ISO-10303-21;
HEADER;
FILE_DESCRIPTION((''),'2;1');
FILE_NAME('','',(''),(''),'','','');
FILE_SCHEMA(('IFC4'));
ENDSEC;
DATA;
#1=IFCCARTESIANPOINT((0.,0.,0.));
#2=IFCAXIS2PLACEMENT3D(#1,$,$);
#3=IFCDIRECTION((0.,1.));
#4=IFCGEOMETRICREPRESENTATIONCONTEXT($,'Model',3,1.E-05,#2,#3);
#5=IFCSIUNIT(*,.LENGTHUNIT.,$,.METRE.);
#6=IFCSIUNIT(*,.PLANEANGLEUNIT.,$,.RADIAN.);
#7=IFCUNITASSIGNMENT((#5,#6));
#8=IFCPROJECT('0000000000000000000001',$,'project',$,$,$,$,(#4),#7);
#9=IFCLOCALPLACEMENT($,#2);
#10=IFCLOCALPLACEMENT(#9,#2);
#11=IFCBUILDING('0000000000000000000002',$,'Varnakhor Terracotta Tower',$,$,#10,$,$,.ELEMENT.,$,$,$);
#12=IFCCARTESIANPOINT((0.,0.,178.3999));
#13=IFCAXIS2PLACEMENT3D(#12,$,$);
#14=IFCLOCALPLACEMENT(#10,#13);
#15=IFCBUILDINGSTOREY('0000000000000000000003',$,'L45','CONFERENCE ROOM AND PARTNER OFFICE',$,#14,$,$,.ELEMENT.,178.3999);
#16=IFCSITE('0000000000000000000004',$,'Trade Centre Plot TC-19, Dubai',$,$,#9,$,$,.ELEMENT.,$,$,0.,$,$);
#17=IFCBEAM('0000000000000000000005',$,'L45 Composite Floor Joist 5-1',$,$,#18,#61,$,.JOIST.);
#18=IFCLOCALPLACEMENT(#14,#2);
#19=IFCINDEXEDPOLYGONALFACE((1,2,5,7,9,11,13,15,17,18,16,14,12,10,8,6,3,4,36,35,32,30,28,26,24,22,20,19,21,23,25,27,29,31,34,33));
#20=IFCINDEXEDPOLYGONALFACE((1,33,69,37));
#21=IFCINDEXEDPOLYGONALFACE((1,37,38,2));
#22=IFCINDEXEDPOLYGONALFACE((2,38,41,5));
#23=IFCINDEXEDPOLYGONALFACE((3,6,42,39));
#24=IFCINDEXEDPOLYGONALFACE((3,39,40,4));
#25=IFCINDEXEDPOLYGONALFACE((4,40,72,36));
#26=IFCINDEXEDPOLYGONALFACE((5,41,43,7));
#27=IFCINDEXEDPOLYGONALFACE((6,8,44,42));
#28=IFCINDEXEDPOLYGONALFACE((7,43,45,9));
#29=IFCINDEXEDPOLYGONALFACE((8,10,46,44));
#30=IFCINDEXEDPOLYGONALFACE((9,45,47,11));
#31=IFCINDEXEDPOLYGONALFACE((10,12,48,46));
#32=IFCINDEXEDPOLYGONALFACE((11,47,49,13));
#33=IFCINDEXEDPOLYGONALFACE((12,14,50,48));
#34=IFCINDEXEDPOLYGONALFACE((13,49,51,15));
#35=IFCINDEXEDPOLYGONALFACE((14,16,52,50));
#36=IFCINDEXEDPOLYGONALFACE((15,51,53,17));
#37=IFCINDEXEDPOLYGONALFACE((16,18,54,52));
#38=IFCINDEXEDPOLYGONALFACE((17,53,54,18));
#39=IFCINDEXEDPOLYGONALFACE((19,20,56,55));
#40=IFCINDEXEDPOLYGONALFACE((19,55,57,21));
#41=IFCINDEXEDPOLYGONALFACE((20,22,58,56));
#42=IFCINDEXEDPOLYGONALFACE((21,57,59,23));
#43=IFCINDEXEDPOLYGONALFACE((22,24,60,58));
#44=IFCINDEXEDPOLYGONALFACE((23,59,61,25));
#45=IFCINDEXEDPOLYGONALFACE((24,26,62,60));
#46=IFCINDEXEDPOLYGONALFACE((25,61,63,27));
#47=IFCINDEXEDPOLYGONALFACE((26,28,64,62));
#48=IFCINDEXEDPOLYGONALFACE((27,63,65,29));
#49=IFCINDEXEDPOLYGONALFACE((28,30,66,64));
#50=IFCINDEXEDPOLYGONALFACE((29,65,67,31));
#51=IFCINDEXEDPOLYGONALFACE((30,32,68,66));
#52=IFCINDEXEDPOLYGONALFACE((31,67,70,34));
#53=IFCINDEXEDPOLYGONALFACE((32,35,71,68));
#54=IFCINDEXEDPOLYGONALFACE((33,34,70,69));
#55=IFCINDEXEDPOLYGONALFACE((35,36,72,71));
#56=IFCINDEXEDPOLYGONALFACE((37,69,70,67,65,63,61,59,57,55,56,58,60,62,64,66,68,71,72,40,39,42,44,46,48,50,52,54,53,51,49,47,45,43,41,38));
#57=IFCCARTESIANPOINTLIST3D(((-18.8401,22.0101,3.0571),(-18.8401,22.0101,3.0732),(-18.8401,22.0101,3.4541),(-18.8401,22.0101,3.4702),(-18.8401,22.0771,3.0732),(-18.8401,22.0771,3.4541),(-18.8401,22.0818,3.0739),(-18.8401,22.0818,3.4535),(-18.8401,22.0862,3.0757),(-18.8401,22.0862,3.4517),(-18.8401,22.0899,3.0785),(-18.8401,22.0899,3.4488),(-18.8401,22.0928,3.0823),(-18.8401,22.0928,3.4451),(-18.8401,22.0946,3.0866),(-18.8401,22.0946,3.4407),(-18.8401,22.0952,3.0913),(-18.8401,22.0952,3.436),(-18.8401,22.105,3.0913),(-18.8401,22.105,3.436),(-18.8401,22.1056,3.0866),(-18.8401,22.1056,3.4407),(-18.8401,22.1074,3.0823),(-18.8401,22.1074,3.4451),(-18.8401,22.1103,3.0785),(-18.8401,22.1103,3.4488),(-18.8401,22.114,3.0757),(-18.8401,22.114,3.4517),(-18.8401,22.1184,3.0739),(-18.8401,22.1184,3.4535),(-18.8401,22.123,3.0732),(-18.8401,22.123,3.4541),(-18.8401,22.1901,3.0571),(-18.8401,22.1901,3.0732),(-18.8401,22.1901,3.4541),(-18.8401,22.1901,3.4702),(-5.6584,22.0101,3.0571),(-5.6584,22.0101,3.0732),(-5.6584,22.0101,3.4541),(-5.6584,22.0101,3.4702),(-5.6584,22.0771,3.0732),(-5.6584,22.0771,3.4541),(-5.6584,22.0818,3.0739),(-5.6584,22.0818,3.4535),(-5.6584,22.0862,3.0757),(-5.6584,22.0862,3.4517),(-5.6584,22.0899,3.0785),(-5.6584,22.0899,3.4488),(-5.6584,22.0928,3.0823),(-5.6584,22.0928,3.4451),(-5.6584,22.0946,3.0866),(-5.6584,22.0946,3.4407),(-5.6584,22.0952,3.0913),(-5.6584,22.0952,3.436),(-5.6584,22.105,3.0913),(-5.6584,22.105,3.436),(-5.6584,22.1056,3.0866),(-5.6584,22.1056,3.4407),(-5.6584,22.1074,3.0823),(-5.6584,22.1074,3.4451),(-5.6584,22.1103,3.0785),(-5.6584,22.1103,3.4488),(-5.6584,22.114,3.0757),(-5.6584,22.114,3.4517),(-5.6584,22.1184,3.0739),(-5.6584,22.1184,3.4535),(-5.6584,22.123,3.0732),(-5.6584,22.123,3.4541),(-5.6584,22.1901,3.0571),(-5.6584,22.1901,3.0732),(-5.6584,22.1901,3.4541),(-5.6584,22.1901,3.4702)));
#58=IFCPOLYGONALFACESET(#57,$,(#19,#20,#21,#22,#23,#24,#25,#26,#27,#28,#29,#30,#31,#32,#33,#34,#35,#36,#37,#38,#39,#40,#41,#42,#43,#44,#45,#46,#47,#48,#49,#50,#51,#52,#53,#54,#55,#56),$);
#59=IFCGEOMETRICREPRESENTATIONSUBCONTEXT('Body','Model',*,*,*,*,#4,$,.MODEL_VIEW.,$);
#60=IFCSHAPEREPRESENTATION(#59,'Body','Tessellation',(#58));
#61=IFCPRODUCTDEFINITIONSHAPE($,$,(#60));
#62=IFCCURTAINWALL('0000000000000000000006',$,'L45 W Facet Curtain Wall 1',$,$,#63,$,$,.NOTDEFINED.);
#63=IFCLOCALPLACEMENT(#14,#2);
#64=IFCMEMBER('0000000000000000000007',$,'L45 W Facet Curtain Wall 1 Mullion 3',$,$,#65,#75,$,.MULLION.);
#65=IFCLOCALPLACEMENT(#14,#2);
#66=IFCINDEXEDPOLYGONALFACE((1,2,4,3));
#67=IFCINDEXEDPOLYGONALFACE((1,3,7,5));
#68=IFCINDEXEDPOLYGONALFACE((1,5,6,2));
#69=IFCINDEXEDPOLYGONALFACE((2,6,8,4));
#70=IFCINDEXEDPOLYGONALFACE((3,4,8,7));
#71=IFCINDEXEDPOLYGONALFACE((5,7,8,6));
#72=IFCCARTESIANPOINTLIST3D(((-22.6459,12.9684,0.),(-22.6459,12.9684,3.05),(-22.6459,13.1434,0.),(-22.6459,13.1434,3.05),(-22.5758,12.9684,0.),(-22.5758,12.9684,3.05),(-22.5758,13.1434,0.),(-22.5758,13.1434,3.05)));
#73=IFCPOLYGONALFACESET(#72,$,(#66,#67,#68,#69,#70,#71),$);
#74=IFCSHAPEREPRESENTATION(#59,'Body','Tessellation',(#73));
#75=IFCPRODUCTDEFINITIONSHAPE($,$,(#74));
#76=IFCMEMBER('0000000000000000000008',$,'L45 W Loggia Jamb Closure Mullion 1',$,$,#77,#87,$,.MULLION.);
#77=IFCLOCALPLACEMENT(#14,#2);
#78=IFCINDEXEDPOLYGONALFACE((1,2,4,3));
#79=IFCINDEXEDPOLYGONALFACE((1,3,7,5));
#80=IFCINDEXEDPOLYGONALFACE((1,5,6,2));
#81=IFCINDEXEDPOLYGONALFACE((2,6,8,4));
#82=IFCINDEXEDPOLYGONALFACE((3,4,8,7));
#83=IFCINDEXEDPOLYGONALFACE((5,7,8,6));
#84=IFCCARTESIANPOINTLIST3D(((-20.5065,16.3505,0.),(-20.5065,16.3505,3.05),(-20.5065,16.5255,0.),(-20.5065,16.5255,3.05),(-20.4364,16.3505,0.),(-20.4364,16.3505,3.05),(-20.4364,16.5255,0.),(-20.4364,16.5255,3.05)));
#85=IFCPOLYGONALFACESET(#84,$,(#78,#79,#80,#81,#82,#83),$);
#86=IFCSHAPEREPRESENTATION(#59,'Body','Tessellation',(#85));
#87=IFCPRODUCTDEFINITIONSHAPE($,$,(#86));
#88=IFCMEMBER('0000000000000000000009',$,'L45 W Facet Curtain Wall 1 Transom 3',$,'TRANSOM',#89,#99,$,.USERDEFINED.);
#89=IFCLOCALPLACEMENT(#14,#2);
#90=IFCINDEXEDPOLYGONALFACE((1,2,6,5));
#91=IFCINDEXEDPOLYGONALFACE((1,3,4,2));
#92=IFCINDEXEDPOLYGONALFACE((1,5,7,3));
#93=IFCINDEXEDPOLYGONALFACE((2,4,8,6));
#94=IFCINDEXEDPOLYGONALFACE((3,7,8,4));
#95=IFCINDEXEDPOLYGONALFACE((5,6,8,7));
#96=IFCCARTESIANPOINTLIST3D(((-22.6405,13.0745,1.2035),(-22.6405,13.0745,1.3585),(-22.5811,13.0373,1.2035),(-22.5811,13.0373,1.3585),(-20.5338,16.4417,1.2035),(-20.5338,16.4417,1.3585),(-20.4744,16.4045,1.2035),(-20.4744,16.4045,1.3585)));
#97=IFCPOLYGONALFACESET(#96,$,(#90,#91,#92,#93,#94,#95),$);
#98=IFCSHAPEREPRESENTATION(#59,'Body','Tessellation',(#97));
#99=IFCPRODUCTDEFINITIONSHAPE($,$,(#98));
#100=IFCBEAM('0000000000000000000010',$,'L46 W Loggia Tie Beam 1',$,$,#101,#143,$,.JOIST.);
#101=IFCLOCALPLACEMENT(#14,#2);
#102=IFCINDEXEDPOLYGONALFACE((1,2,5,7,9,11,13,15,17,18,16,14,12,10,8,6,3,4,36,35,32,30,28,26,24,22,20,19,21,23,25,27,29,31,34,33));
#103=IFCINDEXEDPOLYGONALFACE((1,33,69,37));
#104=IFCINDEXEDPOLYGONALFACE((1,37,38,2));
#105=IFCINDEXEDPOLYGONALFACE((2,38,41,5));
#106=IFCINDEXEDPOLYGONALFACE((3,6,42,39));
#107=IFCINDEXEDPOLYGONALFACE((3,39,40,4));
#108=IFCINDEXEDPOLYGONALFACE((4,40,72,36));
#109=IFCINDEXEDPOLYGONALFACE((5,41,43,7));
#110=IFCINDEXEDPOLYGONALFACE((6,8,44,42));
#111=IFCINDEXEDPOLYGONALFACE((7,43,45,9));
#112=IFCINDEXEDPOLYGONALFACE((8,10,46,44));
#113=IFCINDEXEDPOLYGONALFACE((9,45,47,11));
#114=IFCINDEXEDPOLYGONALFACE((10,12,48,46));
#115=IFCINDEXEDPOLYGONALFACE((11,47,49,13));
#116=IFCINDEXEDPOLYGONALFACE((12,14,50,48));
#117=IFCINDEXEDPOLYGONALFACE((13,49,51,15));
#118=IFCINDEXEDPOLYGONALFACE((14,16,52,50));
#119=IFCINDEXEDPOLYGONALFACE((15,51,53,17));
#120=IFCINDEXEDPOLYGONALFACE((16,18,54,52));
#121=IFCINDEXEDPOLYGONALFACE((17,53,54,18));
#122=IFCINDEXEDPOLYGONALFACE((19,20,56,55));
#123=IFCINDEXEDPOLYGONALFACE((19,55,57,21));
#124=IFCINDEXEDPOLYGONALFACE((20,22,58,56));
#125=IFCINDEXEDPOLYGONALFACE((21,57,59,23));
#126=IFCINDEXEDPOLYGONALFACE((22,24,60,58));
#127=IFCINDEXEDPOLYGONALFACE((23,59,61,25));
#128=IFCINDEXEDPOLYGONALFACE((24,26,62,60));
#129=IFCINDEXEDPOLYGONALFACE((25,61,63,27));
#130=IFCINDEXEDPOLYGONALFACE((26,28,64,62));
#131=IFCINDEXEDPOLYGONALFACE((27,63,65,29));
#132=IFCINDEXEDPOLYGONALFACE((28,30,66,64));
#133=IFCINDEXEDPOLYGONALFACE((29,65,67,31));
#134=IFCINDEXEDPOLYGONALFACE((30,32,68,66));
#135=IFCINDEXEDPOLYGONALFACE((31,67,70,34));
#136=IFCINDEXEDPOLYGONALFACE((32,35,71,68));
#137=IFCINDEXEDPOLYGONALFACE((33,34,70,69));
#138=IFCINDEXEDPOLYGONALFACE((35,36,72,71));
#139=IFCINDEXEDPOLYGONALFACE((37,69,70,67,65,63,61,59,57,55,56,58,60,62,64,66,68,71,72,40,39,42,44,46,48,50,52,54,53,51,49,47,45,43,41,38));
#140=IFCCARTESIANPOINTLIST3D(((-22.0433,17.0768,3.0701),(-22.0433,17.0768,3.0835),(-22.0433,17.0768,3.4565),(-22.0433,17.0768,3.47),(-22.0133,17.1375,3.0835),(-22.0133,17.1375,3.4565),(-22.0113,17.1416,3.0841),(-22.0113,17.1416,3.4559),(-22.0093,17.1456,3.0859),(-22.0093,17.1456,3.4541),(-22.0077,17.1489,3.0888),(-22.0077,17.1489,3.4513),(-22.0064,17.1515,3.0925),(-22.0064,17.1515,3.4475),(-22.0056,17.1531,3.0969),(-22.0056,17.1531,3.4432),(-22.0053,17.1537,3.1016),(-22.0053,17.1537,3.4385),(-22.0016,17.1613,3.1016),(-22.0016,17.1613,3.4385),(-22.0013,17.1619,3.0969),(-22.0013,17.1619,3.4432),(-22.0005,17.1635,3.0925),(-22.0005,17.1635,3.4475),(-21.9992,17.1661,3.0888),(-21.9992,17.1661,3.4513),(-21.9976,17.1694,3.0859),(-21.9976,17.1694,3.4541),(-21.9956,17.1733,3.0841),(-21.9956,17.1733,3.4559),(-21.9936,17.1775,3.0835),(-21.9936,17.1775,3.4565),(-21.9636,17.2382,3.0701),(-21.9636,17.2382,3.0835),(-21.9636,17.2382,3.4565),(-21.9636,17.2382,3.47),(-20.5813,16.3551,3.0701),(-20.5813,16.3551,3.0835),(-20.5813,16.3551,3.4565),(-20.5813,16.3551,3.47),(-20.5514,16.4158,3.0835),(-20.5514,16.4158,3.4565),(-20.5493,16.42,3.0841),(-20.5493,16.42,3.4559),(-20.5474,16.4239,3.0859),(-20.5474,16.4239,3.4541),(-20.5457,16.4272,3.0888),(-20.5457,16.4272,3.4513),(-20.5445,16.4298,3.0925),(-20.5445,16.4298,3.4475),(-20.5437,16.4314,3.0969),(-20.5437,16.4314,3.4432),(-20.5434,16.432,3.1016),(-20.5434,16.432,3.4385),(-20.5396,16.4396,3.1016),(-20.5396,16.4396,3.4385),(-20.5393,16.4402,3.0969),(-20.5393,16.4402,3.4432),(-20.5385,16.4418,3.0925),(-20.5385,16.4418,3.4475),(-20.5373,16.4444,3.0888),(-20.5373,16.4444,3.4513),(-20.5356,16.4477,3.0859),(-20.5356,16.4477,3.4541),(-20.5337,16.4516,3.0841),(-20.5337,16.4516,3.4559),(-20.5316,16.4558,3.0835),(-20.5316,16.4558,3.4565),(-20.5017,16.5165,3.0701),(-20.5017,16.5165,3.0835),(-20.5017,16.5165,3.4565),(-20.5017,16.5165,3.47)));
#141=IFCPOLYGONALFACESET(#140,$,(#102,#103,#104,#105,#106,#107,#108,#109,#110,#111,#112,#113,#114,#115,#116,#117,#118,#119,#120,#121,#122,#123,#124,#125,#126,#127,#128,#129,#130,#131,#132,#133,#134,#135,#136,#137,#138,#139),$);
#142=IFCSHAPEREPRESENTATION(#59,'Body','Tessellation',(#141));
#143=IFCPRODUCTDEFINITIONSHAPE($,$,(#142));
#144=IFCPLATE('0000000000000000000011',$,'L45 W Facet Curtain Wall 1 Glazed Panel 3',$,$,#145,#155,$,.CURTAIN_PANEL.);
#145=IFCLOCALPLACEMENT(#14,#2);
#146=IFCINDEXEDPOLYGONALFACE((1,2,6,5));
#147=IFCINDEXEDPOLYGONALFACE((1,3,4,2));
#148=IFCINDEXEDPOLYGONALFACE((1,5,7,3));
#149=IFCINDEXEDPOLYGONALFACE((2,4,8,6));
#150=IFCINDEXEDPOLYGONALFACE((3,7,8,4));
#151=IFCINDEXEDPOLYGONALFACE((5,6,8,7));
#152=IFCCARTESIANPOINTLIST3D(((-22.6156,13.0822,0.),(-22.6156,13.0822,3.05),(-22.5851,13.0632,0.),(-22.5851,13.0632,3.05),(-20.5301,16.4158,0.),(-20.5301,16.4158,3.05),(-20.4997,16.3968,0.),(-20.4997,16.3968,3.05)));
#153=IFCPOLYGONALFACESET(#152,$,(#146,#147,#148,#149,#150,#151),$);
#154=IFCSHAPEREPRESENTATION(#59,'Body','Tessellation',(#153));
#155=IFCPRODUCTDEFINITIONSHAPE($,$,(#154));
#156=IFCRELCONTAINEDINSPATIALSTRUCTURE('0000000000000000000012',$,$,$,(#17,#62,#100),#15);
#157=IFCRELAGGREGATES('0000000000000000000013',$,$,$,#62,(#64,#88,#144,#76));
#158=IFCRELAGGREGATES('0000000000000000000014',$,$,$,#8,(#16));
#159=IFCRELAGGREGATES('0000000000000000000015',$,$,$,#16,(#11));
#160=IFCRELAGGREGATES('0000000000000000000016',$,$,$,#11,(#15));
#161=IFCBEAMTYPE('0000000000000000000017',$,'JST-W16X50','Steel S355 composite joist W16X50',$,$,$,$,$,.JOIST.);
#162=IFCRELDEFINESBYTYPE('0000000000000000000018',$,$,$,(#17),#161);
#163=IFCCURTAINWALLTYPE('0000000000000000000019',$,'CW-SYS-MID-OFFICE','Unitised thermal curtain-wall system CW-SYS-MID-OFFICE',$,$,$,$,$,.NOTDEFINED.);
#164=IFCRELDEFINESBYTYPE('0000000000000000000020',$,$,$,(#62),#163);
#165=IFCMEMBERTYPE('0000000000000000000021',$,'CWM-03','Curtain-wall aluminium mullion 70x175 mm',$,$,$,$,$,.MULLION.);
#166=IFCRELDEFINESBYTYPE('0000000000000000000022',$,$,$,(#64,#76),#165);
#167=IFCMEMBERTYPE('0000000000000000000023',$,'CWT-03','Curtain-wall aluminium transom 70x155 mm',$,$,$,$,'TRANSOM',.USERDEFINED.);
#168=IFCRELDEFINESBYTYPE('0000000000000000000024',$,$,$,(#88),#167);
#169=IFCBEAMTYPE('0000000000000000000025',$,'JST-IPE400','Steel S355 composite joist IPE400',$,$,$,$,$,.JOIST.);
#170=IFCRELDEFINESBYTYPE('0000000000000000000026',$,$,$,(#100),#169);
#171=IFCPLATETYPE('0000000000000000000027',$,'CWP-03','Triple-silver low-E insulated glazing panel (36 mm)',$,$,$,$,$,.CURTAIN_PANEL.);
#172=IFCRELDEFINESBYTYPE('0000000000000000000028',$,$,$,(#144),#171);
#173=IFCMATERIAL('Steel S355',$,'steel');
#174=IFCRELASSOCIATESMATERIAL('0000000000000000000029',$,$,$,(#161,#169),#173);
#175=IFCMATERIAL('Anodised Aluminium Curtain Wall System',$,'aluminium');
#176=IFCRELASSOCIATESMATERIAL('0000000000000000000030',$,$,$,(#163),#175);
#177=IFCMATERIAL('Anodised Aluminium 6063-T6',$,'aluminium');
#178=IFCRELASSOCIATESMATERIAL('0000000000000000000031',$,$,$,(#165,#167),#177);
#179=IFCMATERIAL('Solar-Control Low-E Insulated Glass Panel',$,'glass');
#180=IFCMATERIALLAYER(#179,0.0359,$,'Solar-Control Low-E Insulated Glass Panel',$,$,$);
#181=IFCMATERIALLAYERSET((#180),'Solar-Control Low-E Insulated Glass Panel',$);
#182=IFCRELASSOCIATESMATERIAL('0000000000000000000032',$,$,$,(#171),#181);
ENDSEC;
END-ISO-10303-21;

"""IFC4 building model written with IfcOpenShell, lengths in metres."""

from ifc_helpers import new_model, si_unit, direction, frame, origin, origin_2d, place, context, subcontext, project, spatial, rectangle, i_section, extrude, source, transform, mapped, material, layer, layer_set, material_profile, profile_set, type_object, element, aggregate, save


model = new_model("IFC4")

# Units and contexts
model_context = context("Model", 3, precision=1e-05, world=origin(), true_north=direction((0.0, 1.0)))
body_context = subcontext(model_context, "Body", "Model", "MODEL_VIEW")
ifc_project = project(units=[si_unit("LENGTHUNIT", "METRE"), si_unit("PLANEANGLEUNIT", "RADIAN")], contexts=[model_context])

# Site, building, storey
site_placement = place(None, origin())
site = spatial("IfcSite", under=ifc_project, at=site_placement, Name="Trade Centre Plot TC-19, Dubai", CompositionType="ELEMENT", RefElevation=0.0)
building_placement = place(site_placement, origin())
building = spatial("IfcBuilding", under=site, at=building_placement, Name="Varnakhor Terracotta Tower", CompositionType="ELEMENT")
storey_placement = place(building_placement, frame((0.0, 0.0, 178.3999)))
storey = spatial("IfcBuildingStorey", under=building, at=storey_placement, Name="L45", Description="CONFERENCE ROOM AND PARTNER OFFICE", CompositionType="ELEMENT", Elevation=178.3999)

# Beam
ifc_material_1 = material(Name="Steel S355", Category="steel")
ifc_material_profile_1 = material_profile(ifc_material_1, i_section(OverallWidth=0.1799, OverallDepth=0.4131, WebThickness=0.0098, FlangeThickness=0.0161, FilletRadius=0.0181, at=origin_2d()), Name="W16X50")
ifc_profile_set_1 = profile_set([ifc_material_profile_1], Name="Steel S355")
beam_type_1 = type_object("IfcBeamType", Name="JST-W16X50", Description="Steel S355 composite joist W16X50", PredefinedType="JOIST", material=ifc_profile_set_1)
shared_shape_1 = source(origin(), body_context, "Body", "SweptSolid", [
    extrude(i_section(OverallWidth=0.1799, OverallDepth=0.4131, WebThickness=0.0098, FlangeThickness=0.0161, FilletRadius=0.0181, at=origin_2d()), origin(), (0.0, 0.0, 1.0), 13.1816),
])
beam_1_placement = place(storey_placement, frame((-18.8401, 22.1001, 3.2637), z_axis=(1.0, 0.0, 0.0), x_axis=(0.0, 1.0, 0.0)))
element("IfcBeam", 1, at=beam_1_placement, inside=storey, type_object=beam_type_1, Name="L45 Composite Floor Joist 5-1", PredefinedType="JOIST", context=body_context, shape_type="MappedRepresentation", body=[
    mapped(shared_shape_1, transform((0.0, 0.0, 0.0), scale=1.0)),
])

# Curtain wall, members
ifc_material_2 = material(Name="Anodised Aluminium Curtain Wall System", Category="aluminium")
curtain_wall_type = type_object("IfcCurtainWallType", Name="CW-SYS-MID-OFFICE", Description="Unitised thermal curtain-wall system CW-SYS-MID-OFFICE", PredefinedType="NOTDEFINED", material=ifc_material_2)
curtain_wall_placement = place(storey_placement, origin())
curtain_wall = element("IfcCurtainWall", 2, at=curtain_wall_placement, inside=storey, type_object=curtain_wall_type, Name="L45 W Facet Curtain Wall 1", PredefinedType="NOTDEFINED")
ifc_material_3 = material(Name="Anodised Aluminium 6063-T6", Category="aluminium")
ifc_material_profile_2 = material_profile(ifc_material_3, rectangle(XDim=0.0701, YDim=0.175, at=origin_2d()), Name="ALU MULLION 70x175")
ifc_profile_set_2 = profile_set([ifc_material_profile_2], Name="Anodised Aluminium 6063-T6")
member_type_1 = type_object("IfcMemberType", Name="CWM-03", Description="Curtain-wall aluminium mullion 70x175 mm", PredefinedType="MULLION", material=ifc_profile_set_2)
shared_shape_2 = source(origin(), body_context, "Body", "SweptSolid", [
    extrude(rectangle(XDim=0.0701, YDim=0.175, at=origin_2d()), origin(), (0.0, 0.0, 1.0), 3.05),
])
member_1_placement = place(storey_placement, frame((-22.6108, 13.0559, 0.0), z_axis=(0.0, 0.0, 1.0), x_axis=(1.0, 0.0, 0.0)))
member_1 = element("IfcMember", 3, at=member_1_placement, type_object=member_type_1, Name="L45 W Facet Curtain Wall 1 Mullion 3", PredefinedType="MULLION", context=body_context, shape_type="MappedRepresentation", body=[
    mapped(shared_shape_2, transform((0.0, 0.0, 0.0), scale=1.0)),
])
member_2_placement = place(storey_placement, frame((-20.4714, 16.438, 0.0), z_axis=(0.0, 0.0, 1.0), x_axis=(1.0, 0.0, 0.0)))
member_2 = element("IfcMember", 4, at=member_2_placement, type_object=member_type_1, Name="L45 W Loggia Jamb Closure Mullion 1", PredefinedType="MULLION", context=body_context, shape_type="MappedRepresentation", body=[
    mapped(shared_shape_2, transform((0.0, 0.0, 0.0), scale=1.0)),
])
ifc_material_profile_3 = material_profile(ifc_material_3, rectangle(XDim=0.0701, YDim=0.155, at=origin_2d()), Name="ALU TRANSOM 70x155")
ifc_profile_set_3 = profile_set([ifc_material_profile_3], Name="Anodised Aluminium 6063-T6")
member_type_2 = type_object("IfcMemberType", Name="CWT-03", Description="Curtain-wall aluminium transom 70x155 mm", ElementType="TRANSOM", PredefinedType="USERDEFINED", material=ifc_profile_set_3)
shared_shape_3 = source(origin(), body_context, "Body", "SweptSolid", [
    extrude(rectangle(XDim=0.0701, YDim=0.155, at=origin_2d()), origin(), (0.0, 0.0, 1.0), 3.9719),
])
member_3_placement = place(storey_placement, frame((-22.6108, 13.0559, 1.281), z_axis=(0.530397, 0.84775, 0.0), x_axis=(-0.84775, 0.530397, 0.0)))
member_3 = element("IfcMember", 5, at=member_3_placement, type_object=member_type_2, Name="L45 W Facet Curtain Wall 1 Transom 3", ObjectType="TRANSOM", PredefinedType="USERDEFINED", context=body_context, shape_type="MappedRepresentation", body=[
    mapped(shared_shape_3, transform((0.0, 0.0, 0.0), scale=1.0)),
])

# Beam
ifc_material_profile_4 = material_profile(ifc_material_1, i_section(OverallWidth=0.1799, OverallDepth=0.3999, WebThickness=0.0085, FlangeThickness=0.0134, FilletRadius=0.0181, at=origin_2d()), Name="IPE400")
ifc_profile_set_4 = profile_set([ifc_material_profile_4], Name="Steel S355")
beam_type_2 = type_object("IfcBeamType", Name="JST-IPE400", Description="Steel S355 composite joist IPE400", PredefinedType="JOIST", material=ifc_profile_set_4)
shared_shape_4 = source(origin(), body_context, "Body", "SweptSolid", [
    extrude(i_section(OverallWidth=0.1799, OverallDepth=0.3999, WebThickness=0.0085, FlangeThickness=0.0134, FilletRadius=0.0181, at=origin_2d()), origin(), (0.0, 0.0, 1.0), 1.6304),
])
beam_2_placement = place(storey_placement, frame((-20.5415, 16.4358, 3.27), z_axis=(-0.896692, 0.442655, 0.0), x_axis=(-0.442655, -0.896692, 0.0)))
element("IfcBeam", 6, at=beam_2_placement, inside=storey, type_object=beam_type_2, Name="L46 W Loggia Tie Beam 1", PredefinedType="JOIST", context=body_context, shape_type="MappedRepresentation", body=[
    mapped(shared_shape_4, transform((0.0, 0.0, 0.0), scale=1.0)),
])

# Plate
ifc_material_4 = material(Name="Solar-Control Low-E Insulated Glass Panel", Category="glass")
ifc_layer_1 = layer(ifc_material_4, 0.0359, Name="Solar-Control Low-E Insulated Glass Panel")
ifc_layer_set_1 = layer_set([ifc_layer_1], Name="Solar-Control Low-E Insulated Glass Panel")
plate_type = type_object("IfcPlateType", Name="CWP-03", Description="Triple-silver low-E insulated glazing panel (36 mm)", PredefinedType="CURTAIN_PANEL", material=ifc_layer_set_1)
shared_shape_5 = source(origin(), body_context, "Body", "SweptSolid", [
    extrude(rectangle(XDim=3.9321, YDim=0.0359, at=origin_2d()), origin(), (0.0, 0.0, 1.0), 3.05),
])
plate_placement = place(storey_placement, frame((-21.5576, 14.7395, 0.0), z_axis=(0.0, 0.0, 1.0), x_axis=(0.530363, 0.847771, 0.0)))
plate = element("IfcPlate", 7, at=plate_placement, type_object=plate_type, Name="L45 W Facet Curtain Wall 1 Glazed Panel 3", PredefinedType="CURTAIN_PANEL", context=body_context, shape_type="MappedRepresentation", body=[
    mapped(shared_shape_5, transform((0.0, 0.0, 0.0), scale=1.0)),
])
aggregate(curtain_wall, [member_1, member_3, plate, member_2])

save(model, "model.ifc")
